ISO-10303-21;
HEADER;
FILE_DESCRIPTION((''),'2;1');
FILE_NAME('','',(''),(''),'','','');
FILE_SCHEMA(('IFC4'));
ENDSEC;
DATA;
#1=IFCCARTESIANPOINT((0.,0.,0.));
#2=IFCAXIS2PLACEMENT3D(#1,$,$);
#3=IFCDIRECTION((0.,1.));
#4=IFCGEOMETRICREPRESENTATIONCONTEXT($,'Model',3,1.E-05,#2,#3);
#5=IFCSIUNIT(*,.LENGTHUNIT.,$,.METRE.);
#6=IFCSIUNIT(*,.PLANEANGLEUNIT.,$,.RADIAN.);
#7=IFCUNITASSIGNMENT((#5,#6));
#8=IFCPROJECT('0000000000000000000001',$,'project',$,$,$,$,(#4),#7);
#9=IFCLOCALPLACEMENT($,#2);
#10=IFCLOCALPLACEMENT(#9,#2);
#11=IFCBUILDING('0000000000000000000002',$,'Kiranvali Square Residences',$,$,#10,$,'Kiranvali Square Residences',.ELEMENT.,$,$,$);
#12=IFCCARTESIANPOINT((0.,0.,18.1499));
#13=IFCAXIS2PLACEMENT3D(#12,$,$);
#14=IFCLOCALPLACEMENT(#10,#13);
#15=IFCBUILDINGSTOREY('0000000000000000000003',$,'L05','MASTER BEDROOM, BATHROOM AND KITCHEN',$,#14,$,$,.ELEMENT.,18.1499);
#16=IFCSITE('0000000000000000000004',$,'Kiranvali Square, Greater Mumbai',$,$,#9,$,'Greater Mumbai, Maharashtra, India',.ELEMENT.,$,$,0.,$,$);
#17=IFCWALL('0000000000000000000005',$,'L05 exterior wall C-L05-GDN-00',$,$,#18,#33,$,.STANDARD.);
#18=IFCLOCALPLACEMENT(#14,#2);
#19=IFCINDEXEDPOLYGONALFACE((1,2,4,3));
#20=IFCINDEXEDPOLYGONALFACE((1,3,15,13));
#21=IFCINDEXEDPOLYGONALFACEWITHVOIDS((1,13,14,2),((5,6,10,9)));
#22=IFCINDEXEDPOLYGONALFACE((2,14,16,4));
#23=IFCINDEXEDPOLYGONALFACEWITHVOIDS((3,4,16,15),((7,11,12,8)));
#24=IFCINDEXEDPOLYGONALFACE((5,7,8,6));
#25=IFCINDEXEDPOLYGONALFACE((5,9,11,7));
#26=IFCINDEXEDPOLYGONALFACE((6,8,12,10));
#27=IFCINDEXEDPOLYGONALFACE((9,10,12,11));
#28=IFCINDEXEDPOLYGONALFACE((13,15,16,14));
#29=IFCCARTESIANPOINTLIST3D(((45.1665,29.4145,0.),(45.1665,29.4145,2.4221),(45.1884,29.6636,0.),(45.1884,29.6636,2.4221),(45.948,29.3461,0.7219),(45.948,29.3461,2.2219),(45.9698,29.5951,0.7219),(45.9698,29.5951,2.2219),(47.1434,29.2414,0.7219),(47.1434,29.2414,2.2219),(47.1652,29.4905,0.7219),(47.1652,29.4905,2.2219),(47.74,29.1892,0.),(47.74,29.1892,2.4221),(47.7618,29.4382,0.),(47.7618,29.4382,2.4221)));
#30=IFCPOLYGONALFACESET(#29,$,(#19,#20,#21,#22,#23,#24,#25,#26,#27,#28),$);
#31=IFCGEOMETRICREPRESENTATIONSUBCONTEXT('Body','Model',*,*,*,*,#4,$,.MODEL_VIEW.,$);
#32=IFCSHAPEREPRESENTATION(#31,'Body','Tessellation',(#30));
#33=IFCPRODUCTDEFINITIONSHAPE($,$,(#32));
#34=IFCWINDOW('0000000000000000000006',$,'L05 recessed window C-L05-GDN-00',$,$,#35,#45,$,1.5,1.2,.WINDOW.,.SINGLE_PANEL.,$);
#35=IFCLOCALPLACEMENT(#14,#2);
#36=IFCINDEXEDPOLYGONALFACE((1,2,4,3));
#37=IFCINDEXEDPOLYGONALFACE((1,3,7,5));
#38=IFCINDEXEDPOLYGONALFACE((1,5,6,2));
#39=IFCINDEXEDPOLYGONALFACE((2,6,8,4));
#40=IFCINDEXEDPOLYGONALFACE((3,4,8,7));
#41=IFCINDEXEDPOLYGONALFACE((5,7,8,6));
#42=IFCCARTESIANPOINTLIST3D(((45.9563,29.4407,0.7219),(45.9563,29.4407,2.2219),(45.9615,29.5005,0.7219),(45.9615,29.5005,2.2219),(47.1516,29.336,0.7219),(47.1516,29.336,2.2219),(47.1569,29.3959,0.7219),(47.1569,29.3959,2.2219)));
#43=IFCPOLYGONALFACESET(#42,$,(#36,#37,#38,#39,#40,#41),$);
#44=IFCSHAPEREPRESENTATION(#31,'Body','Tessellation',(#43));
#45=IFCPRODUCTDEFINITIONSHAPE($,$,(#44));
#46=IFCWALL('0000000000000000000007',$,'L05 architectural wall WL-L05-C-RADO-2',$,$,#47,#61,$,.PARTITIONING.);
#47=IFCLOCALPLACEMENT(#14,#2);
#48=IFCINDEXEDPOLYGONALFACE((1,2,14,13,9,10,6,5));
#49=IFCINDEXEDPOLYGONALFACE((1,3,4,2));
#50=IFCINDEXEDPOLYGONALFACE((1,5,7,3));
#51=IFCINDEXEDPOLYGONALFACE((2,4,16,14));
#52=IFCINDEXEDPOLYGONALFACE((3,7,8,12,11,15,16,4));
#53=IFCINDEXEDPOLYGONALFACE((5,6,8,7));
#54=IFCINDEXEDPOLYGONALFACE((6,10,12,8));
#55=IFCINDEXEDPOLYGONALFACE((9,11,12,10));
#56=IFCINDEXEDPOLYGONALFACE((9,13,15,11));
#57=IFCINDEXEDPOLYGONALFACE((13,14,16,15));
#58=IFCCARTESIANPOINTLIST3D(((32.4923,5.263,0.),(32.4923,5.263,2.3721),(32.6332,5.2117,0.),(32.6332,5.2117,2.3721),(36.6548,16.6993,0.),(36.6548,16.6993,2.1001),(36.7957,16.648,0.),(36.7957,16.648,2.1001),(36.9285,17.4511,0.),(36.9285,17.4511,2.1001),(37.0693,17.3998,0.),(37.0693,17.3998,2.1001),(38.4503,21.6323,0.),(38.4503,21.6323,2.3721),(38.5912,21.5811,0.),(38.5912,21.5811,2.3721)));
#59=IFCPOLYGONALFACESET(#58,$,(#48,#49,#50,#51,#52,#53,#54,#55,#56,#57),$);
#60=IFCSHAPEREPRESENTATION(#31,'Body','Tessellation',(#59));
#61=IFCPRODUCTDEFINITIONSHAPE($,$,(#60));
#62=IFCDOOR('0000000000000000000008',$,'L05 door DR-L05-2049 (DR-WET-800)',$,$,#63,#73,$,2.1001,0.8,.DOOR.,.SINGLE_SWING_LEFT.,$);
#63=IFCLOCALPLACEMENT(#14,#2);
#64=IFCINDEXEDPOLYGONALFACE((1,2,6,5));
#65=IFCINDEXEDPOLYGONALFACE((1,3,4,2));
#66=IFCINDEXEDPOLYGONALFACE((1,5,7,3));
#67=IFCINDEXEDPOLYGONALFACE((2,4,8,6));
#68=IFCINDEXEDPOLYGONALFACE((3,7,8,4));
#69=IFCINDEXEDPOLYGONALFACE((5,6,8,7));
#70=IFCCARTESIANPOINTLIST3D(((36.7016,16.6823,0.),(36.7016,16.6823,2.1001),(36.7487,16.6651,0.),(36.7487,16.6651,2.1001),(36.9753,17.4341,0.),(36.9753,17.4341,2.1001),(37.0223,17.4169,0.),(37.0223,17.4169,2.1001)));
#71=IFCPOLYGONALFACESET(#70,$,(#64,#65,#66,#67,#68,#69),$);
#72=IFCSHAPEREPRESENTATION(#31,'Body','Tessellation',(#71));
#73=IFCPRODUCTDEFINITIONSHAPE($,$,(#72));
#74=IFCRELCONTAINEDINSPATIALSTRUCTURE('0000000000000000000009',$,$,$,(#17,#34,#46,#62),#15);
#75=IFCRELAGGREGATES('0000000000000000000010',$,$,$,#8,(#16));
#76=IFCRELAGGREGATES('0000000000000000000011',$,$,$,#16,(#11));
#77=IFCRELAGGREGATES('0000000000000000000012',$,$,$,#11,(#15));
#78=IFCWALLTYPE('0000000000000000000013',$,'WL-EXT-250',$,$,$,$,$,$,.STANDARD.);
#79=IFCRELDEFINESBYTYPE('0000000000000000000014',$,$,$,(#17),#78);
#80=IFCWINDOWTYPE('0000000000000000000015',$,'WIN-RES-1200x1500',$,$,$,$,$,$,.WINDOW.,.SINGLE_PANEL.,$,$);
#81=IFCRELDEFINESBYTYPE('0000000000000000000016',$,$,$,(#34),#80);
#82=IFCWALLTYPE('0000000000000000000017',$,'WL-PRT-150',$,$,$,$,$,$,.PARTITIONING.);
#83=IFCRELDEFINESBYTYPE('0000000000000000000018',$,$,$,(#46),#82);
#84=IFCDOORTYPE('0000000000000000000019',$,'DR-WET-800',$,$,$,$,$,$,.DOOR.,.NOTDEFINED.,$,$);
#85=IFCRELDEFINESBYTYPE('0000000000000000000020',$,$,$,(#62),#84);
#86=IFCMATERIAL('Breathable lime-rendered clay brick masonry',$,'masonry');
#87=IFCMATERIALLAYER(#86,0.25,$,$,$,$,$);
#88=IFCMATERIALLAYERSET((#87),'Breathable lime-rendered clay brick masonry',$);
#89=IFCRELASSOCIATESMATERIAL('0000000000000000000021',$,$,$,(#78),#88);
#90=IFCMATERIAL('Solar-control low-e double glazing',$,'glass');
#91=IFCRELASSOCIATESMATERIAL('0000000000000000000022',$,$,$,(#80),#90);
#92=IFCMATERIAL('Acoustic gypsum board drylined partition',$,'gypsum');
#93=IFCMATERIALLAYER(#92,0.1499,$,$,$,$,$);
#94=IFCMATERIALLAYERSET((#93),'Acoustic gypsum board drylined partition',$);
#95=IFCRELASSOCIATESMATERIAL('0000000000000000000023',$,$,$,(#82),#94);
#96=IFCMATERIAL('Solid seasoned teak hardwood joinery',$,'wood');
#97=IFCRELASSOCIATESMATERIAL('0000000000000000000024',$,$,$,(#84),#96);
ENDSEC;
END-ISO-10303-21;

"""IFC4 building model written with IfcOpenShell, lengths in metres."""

from ifc_helpers import new_model, si_unit, direction, frame, frame_2d, origin, place, context, subcontext, project, spatial, rectangle, extrude, material, layer, layer_set, type_object, element, fill, save


model = new_model("IFC4")

# Units and contexts
model_context = context("Model", 3, precision=1e-05, world=origin(), true_north=direction((0.0, 1.0)))
body_context = subcontext(model_context, "Body", "Model", "MODEL_VIEW")
ifc_project = project(units=[si_unit("LENGTHUNIT", "METRE"), si_unit("PLANEANGLEUNIT", "RADIAN")], contexts=[model_context])

# Site, building, storey
site_placement = place(None, origin())
site = spatial("IfcSite", under=ifc_project, at=site_placement, Name="Kiranvali Square, Greater Mumbai", LongName="Greater Mumbai, Maharashtra, India", CompositionType="ELEMENT", RefElevation=0.0)
building_placement = place(site_placement, origin())
building = spatial("IfcBuilding", under=site, at=building_placement, Name="Kiranvali Square Residences", LongName="Kiranvali Square Residences", CompositionType="ELEMENT")
storey_placement = place(building_placement, frame((0.0, 0.0, 18.1499)))
storey = spatial("IfcBuildingStorey", under=building, at=storey_placement, Name="L05", Description="MASTER BEDROOM, BATHROOM AND KITCHEN", CompositionType="ELEMENT", Elevation=18.1499)

# Wall, opening, window
ifc_material_1 = material(Name="Breathable lime-rendered clay brick masonry", Category="masonry")
ifc_layer_1 = layer(ifc_material_1, 0.25)
ifc_layer_set_1 = layer_set([ifc_layer_1], Name="Breathable lime-rendered clay brick masonry")
wall_type_1 = type_object("IfcWallType", Name="WL-EXT-250", PredefinedType="STANDARD", material=ifc_layer_set_1)
wall_1_placement = place(storey_placement, frame((47.7507, 29.3137, 0.0), z_axis=(0.0, 0.0, 1.0), x_axis=(-0.996188, 0.087229, 0.0)))
wall_1 = element("IfcWall", 1, at=wall_1_placement, inside=storey, type_object=wall_type_1, Name="L05 exterior wall C-L05-GDN-00", PredefinedType="STANDARD", context=body_context, shape_type="SweptSolid", body=[
    extrude(rectangle(XDim=2.5833, YDim=0.25, at=frame_2d((1.2915, 0.0))), origin(), (0.0, 0.0, 1.0), 2.4221),
])
opening_1_placement = place(wall_1_placement, frame((0.5986, 0.0, 0.7219)))
opening_1 = element("IfcOpeningElement", 2, at=opening_1_placement, cuts=wall_1, PredefinedType="OPENING", context=body_context, shape_type="SweptSolid", body=[
    extrude(rectangle(XDim=1.2, YDim=1.5, at=frame_2d((0.6001, 0.75))), frame((0.0, 0.135, 0.0), z_axis=(0.0, -1.0, 0.0), x_axis=(1.0, 0.0, 0.0)), (0.0, 0.0, 1.0), 0.27),
])
ifc_material_2 = material(Name="Solar-control low-e double glazing", Category="glass")
window_type = type_object("IfcWindowType", Name="WIN-RES-1200x1500", PartitioningType="SINGLE_PANEL", PredefinedType="WINDOW", material=ifc_material_2)
window_placement = place(opening_1_placement, origin())
window = element("IfcWindow", 3, at=window_placement, inside=storey, type_object=window_type, Name="L05 recessed window C-L05-GDN-00", OverallHeight=1.5, OverallWidth=1.2, PartitioningType="SINGLE_PANEL", PredefinedType="WINDOW", context=body_context, shape_type="SweptSolid", body=[
    extrude(rectangle(XDim=1.2, YDim=1.5, at=frame_2d((0.6001, 0.75))), frame((0.0, 0.03, 0.0), z_axis=(0.0, -1.0, 0.0), x_axis=(1.0, 0.0, 0.0)), (0.0, 0.0, 1.0), 0.0601),
])
fill(opening_1, window)

# Wall, opening, door
ifc_material_3 = material(Name="Acoustic gypsum board drylined partition", Category="gypsum")
ifc_layer_2 = layer(ifc_material_3, 0.1499)
ifc_layer_set_2 = layer_set([ifc_layer_2], Name="Acoustic gypsum board drylined partition")
wall_type_2 = type_object("IfcWallType", Name="WL-PRT-150", PredefinedType="PARTITIONING", material=ifc_layer_set_2)
wall_2_placement = place(storey_placement, frame((38.5208, 21.6067, 0.0), z_axis=(0.0, 0.0, 1.0), x_axis=(-0.342022, -0.939692, 0.0)))
wall_2 = element("IfcWall", 4, at=wall_2_placement, inside=storey, type_object=wall_type_2, Name="L05 architectural wall WL-L05-C-RADO-2", PredefinedType="PARTITIONING", context=body_context, shape_type="SweptSolid", body=[
    extrude(rectangle(XDim=17.4199, YDim=0.1499, at=frame_2d((8.71, 0.0))), origin(), (0.0, 0.0, 1.0), 2.3721),
])
opening_2_placement = place(wall_2_placement, frame((4.4497, 0.0, 0.0)))
opening_2 = element("IfcOpeningElement", 5, at=opening_2_placement, cuts=wall_2, PredefinedType="OPENING", context=body_context, shape_type="SweptSolid", body=[
    extrude(rectangle(XDim=0.8, YDim=2.1001, at=frame_2d((0.3999, 1.05))), frame((0.0, 0.085, 0.0), z_axis=(0.0, -1.0, 0.0), x_axis=(1.0, 0.0, 0.0)), (0.0, 0.0, 1.0), 0.1699),
])
ifc_material_4 = material(Name="Solid seasoned teak hardwood joinery", Category="wood")
door_type_1 = type_object("IfcDoorType", Name="DR-WET-800", OperationType="NOTDEFINED", PredefinedType="DOOR", material=ifc_material_4)
door_1_placement = place(opening_2_placement, origin())
door_1 = element("IfcDoor", 6, at=door_1_placement, inside=storey, type_object=door_type_1, Name="L05 door DR-L05-2049 (DR-WET-800)", OperationType="SINGLE_SWING_LEFT", OverallHeight=2.1001, OverallWidth=0.8, PredefinedType="DOOR", context=body_context, shape_type="SweptSolid", body=[
    extrude(rectangle(XDim=0.8, YDim=2.1001, at=frame_2d((0.3999, 1.05))), frame((0.0, 0.0249, 0.0), z_axis=(0.0, -1.0, 0.0), x_axis=(1.0, 0.0, 0.0)), (0.0, 0.0, 1.0), 0.05),
])
fill(opening_2, door_1)

save(model, "model.ifc")
